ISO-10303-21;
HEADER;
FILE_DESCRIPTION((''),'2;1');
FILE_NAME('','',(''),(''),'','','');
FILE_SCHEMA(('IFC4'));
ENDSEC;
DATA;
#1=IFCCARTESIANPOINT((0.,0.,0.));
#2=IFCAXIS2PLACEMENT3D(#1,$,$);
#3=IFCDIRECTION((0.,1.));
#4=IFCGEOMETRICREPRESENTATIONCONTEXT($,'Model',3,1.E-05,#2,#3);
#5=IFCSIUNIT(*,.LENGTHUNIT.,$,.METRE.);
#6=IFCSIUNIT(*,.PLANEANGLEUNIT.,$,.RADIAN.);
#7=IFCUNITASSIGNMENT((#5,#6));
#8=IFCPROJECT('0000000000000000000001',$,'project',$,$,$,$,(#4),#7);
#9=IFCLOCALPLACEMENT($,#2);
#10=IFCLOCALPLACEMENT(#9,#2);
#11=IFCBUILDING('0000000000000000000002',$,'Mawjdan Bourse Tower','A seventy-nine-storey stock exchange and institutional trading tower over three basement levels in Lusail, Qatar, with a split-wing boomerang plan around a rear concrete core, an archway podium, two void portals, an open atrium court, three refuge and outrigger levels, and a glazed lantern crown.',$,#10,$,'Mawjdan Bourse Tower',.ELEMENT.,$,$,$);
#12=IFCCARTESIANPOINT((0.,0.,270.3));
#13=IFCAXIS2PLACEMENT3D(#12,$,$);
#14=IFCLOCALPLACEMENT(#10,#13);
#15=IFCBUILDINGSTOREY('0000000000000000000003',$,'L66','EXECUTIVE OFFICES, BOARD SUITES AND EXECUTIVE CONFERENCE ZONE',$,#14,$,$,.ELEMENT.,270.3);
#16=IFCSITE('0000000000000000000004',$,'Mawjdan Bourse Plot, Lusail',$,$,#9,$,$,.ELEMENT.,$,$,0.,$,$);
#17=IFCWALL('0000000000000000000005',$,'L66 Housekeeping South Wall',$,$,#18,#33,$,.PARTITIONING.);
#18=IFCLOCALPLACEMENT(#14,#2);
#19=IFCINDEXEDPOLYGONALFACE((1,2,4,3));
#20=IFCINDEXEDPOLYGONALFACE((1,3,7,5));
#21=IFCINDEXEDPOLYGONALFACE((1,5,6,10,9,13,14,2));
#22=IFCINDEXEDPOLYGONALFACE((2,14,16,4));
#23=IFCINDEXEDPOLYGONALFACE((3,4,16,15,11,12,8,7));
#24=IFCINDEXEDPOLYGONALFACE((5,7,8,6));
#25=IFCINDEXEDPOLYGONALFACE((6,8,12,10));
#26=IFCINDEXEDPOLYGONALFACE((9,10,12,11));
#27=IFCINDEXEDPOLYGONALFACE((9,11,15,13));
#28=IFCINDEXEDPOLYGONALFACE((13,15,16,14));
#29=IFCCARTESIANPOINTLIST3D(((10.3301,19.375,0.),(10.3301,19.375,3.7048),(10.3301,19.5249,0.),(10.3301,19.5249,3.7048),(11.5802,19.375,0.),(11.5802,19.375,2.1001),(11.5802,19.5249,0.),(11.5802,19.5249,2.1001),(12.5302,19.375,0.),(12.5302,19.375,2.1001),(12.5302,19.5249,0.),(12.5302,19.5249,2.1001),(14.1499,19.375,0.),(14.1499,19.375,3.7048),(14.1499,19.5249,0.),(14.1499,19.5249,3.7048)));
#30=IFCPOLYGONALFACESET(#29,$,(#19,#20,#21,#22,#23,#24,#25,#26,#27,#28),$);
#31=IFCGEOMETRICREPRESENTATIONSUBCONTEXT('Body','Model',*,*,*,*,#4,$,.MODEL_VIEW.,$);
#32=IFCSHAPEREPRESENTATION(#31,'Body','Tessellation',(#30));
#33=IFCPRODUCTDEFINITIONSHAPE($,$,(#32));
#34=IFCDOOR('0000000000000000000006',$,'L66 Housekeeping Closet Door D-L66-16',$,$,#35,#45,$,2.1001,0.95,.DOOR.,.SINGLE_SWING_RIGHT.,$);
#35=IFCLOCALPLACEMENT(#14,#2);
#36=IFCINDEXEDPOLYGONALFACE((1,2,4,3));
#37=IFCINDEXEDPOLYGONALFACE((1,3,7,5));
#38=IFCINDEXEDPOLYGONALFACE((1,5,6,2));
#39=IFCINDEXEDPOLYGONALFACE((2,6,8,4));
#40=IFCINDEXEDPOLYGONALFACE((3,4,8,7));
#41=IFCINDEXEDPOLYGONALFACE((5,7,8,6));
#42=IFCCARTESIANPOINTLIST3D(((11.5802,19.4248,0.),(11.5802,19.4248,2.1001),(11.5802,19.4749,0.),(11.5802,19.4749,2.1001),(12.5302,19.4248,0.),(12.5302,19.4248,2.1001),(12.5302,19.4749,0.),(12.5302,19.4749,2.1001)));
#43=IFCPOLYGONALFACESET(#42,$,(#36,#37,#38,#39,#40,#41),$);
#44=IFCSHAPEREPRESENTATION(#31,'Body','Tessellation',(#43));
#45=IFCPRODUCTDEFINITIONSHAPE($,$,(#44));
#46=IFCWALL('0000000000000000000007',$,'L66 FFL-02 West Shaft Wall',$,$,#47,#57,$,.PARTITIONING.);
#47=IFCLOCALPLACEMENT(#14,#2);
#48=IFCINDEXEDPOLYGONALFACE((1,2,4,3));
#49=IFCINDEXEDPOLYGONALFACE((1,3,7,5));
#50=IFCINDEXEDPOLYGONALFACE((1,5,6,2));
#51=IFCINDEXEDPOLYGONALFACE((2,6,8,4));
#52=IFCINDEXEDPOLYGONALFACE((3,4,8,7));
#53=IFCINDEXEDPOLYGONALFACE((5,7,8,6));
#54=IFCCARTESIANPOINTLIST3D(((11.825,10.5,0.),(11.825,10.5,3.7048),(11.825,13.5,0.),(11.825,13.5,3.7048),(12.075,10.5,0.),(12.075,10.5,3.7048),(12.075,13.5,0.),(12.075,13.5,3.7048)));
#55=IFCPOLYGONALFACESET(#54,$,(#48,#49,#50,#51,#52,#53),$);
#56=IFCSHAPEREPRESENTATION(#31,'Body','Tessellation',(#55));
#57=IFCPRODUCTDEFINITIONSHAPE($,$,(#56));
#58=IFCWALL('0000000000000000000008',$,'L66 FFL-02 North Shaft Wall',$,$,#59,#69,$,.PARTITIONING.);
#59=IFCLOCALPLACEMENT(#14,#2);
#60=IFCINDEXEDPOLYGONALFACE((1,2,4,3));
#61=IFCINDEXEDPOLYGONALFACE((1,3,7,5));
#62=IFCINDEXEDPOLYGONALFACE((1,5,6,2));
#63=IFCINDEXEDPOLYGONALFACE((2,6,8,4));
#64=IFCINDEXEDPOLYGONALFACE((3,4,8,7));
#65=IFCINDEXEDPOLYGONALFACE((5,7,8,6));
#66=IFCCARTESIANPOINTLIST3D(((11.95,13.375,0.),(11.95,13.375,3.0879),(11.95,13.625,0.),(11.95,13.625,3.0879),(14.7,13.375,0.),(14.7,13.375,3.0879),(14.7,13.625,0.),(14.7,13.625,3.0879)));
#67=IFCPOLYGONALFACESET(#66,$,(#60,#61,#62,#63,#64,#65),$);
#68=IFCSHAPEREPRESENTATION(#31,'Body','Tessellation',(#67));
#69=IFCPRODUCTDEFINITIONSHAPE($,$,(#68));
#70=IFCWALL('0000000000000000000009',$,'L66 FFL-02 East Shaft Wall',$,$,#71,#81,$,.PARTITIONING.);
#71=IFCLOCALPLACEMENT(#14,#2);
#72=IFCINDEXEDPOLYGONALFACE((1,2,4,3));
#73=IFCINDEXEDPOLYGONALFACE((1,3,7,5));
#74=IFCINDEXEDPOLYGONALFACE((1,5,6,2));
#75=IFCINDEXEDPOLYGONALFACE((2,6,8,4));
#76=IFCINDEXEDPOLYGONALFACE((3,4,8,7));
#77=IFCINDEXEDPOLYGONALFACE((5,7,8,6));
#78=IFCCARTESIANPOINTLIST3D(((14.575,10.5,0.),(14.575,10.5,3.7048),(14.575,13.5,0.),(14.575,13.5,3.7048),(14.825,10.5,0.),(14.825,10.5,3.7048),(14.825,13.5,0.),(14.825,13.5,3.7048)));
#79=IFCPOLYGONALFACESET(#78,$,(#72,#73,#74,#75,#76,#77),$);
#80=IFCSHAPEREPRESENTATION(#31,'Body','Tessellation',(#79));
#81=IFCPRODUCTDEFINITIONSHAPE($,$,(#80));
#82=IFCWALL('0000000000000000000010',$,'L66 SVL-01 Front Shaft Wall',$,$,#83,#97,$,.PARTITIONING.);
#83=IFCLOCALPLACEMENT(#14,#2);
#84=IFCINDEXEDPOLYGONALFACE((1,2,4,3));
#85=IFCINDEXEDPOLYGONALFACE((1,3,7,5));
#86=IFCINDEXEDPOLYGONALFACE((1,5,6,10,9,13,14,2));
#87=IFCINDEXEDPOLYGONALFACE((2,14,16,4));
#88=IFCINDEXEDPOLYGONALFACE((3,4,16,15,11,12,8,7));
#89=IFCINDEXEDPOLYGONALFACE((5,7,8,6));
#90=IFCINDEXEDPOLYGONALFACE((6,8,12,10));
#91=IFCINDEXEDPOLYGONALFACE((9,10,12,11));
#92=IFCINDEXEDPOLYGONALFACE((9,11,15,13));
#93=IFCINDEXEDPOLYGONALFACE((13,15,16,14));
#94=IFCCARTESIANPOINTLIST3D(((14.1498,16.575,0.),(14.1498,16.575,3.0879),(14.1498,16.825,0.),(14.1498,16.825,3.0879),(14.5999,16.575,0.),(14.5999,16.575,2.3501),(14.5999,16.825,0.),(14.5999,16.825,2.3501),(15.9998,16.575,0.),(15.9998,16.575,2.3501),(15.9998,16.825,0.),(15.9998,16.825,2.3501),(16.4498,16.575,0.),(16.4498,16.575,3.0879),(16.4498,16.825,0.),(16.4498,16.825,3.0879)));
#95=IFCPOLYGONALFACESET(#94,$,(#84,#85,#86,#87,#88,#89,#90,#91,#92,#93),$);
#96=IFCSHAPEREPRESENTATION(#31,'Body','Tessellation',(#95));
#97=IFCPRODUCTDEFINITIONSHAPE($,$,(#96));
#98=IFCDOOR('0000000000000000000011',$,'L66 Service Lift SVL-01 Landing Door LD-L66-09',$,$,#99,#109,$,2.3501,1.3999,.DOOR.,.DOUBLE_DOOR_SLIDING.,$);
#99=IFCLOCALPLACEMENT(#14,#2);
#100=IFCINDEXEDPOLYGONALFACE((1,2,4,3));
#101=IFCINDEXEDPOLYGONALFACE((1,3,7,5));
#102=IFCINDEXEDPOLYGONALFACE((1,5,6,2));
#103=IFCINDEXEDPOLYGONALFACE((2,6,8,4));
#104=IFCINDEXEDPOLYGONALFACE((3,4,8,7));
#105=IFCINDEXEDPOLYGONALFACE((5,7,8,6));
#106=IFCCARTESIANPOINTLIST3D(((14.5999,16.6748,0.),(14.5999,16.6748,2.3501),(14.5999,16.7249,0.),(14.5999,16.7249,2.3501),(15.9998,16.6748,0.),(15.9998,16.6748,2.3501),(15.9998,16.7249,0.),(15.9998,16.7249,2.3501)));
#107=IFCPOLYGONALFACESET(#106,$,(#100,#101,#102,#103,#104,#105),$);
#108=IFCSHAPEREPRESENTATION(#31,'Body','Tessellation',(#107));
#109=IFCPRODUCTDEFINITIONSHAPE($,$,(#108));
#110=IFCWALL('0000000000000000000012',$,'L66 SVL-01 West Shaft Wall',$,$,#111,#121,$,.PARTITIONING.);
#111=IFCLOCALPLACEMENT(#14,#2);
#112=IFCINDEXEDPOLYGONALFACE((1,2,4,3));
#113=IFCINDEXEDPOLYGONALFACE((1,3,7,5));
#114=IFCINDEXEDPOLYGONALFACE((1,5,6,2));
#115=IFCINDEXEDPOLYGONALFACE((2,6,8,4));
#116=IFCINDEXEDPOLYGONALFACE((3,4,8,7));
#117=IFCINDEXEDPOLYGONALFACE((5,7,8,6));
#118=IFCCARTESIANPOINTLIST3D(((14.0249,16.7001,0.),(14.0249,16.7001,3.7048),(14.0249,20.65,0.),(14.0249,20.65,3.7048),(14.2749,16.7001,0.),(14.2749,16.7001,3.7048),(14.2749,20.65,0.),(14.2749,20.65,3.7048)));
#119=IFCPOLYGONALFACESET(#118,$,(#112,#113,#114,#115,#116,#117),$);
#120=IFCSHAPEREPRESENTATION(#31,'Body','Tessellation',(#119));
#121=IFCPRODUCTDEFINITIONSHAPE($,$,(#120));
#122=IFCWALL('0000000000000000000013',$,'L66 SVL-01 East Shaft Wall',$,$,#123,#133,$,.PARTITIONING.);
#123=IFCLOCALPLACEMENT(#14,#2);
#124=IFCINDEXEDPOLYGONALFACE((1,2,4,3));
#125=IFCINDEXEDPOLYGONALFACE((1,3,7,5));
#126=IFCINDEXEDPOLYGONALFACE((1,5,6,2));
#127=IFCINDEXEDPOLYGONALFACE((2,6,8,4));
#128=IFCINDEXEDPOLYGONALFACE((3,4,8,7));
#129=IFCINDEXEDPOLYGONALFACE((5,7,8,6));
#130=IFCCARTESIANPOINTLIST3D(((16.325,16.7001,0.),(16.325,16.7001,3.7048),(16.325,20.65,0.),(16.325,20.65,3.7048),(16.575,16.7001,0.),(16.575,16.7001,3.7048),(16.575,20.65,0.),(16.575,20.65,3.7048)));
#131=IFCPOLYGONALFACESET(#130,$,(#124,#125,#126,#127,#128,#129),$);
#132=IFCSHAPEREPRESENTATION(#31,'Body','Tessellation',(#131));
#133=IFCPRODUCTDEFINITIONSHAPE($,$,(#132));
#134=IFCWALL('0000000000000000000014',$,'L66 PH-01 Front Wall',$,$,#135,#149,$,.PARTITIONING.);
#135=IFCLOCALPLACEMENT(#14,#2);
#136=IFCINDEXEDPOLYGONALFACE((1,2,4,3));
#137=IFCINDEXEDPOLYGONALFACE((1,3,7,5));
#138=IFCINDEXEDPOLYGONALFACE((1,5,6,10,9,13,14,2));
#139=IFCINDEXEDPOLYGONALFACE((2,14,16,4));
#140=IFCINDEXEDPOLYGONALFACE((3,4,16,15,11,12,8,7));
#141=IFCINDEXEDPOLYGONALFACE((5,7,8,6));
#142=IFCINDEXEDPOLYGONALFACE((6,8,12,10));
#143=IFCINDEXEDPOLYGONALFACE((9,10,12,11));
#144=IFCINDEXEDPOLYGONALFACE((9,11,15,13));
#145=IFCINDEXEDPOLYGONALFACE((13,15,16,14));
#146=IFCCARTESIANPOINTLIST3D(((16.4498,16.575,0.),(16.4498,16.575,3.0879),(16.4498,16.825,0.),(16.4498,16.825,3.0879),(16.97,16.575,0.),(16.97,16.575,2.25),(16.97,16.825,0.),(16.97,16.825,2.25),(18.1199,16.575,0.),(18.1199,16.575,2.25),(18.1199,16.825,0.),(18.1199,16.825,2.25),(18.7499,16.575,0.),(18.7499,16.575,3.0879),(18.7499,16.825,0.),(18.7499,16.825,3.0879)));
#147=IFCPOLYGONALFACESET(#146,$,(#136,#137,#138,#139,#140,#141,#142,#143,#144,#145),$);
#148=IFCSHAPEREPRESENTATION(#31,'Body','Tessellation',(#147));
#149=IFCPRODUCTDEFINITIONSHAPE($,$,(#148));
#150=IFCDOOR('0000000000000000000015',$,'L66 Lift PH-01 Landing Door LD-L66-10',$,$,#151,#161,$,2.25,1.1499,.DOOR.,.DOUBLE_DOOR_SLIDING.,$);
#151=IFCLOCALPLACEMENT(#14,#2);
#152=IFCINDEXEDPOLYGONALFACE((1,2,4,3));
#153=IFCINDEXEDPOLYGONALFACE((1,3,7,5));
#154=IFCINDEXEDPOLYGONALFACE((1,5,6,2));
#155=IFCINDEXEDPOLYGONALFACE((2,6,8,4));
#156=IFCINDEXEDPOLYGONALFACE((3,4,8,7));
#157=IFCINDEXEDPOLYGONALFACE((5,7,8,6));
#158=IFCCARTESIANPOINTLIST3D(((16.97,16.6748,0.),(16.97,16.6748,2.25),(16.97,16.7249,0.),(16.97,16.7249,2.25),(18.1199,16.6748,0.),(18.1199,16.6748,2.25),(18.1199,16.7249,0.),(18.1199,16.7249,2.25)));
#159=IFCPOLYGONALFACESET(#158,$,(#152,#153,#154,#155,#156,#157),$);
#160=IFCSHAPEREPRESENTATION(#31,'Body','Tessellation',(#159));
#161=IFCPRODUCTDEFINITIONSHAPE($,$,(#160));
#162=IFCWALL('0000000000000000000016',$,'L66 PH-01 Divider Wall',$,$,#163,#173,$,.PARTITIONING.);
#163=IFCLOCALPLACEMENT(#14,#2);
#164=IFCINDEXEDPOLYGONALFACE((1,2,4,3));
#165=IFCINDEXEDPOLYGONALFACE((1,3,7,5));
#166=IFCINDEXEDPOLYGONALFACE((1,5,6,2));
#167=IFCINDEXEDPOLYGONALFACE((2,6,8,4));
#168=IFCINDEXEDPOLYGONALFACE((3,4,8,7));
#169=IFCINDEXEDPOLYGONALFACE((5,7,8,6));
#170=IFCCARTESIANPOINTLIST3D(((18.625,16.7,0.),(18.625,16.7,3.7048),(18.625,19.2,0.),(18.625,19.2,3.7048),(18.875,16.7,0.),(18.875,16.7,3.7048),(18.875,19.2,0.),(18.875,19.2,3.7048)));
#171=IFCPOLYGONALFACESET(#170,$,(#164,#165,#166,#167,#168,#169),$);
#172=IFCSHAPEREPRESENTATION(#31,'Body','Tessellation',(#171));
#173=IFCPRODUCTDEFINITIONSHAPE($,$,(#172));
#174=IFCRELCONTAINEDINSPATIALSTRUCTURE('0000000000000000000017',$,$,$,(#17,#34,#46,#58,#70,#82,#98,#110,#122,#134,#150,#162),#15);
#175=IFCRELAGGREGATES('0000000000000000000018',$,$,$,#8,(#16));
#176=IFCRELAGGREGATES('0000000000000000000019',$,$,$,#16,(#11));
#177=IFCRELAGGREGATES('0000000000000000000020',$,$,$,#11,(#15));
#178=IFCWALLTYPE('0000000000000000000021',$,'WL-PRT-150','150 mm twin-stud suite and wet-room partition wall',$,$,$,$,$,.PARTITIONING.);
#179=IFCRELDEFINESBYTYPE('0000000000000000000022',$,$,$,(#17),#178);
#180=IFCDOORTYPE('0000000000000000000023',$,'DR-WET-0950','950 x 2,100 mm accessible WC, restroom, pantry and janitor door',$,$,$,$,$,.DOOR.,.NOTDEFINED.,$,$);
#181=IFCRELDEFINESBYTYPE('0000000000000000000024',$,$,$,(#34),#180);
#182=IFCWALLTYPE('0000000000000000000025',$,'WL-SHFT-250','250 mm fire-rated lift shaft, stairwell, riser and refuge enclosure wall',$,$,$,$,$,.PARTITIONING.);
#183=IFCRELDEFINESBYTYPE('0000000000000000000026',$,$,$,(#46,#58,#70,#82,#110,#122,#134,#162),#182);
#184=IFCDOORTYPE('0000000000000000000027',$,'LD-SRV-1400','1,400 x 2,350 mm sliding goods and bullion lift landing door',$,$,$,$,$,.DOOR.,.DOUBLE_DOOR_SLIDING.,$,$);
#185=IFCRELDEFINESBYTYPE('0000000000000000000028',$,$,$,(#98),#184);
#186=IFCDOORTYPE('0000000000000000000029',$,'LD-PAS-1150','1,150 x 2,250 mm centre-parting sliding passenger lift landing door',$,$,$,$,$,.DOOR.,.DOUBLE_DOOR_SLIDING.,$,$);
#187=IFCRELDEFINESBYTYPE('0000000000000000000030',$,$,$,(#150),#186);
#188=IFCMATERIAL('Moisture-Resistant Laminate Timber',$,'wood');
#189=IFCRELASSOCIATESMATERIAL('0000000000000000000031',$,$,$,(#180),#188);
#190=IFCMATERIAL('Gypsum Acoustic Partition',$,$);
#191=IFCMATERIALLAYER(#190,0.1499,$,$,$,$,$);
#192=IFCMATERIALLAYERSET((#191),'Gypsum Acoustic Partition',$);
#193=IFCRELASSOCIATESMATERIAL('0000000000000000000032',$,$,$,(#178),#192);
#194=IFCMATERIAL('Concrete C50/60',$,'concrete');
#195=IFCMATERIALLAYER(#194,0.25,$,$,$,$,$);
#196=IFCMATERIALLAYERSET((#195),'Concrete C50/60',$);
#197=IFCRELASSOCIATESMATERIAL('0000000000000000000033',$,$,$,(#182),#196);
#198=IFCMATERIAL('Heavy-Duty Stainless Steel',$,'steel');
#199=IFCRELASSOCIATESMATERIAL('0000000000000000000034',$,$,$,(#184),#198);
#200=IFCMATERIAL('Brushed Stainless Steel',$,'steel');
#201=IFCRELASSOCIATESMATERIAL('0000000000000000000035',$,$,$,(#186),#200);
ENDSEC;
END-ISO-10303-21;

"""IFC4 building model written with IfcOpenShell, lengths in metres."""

from ifc_helpers import new_model, si_unit, direction, frame, frame_2d, origin, place, context, subcontext, project, spatial, rectangle, extrude, material, layer, layer_set, type_object, element, fill, save


model = new_model("IFC4")

# Units and contexts
model_context = context("Model", 3, precision=1e-05, world=origin(), true_north=direction((0.0, 1.0)))
body_context = subcontext(model_context, "Body", "Model", "MODEL_VIEW")
ifc_project = project(units=[si_unit("LENGTHUNIT", "METRE"), si_unit("PLANEANGLEUNIT", "RADIAN")], contexts=[model_context])

# Site, building, storey
site_placement = place(None, origin())
site = spatial("IfcSite", under=ifc_project, at=site_placement, Name="Mawjdan Bourse Plot, Lusail", CompositionType="ELEMENT", RefElevation=0.0)
building_placement = place(site_placement, origin())
building = spatial("IfcBuilding", under=site, at=building_placement, Name="Mawjdan Bourse Tower", Description="A seventy-nine-storey stock exchange and institutional trading tower over three basement levels in Lusail, Qatar, with a split-wing boomerang plan around a rear concrete core, an archway podium, two void portals, an open atrium court, three refuge and outrigger levels, and a glazed lantern crown.", LongName="Mawjdan Bourse Tower", CompositionType="ELEMENT")
storey_placement = place(building_placement, frame((0.0, 0.0, 270.3)))
storey = spatial("IfcBuildingStorey", under=building, at=storey_placement, Name="L66", Description="EXECUTIVE OFFICES, BOARD SUITES AND EXECUTIVE CONFERENCE ZONE", CompositionType="ELEMENT", Elevation=270.3)

# Wall, opening, door
ifc_material_1 = material(Name="Moisture-Resistant Laminate Timber", Category="wood")
door_type_1 = type_object("IfcDoorType", Name="DR-WET-0950", Description="950 x 2,100 mm accessible WC, restroom, pantry and janitor door", OperationType="NOTDEFINED", PredefinedType="DOOR", material=ifc_material_1)
ifc_material_2 = material(Name="Gypsum Acoustic Partition")
ifc_layer_1 = layer(ifc_material_2, 0.1499)
ifc_layer_set_1 = layer_set([ifc_layer_1], Name="Gypsum Acoustic Partition")
wall_type_1 = type_object("IfcWallType", Name="WL-PRT-150", Description="150 mm twin-stud suite and wet-room partition wall", PredefinedType="PARTITIONING", material=ifc_layer_set_1)
wall_1_placement = place(storey_placement, frame((10.3301, 19.45, 0.0), z_axis=(0.0, 0.0, 1.0), x_axis=(1.0, 0.0, 0.0)))
wall_1 = element("IfcWall", 1, at=wall_1_placement, inside=storey, type_object=wall_type_1, Name="L66 Housekeeping South Wall", PredefinedType="PARTITIONING", context=body_context, shape_type="SweptSolid", body=[
    extrude(rectangle(XDim=3.8198, YDim=0.1499, at=frame_2d((1.9099, 0.0))), origin(), (0.0, 0.0, 1.0), 3.7048),
])
opening_1_placement = place(wall_1_placement, frame((1.25, 0.0, 0.0)))
opening_1 = element("IfcOpeningElement", 2, at=opening_1_placement, cuts=wall_1, PredefinedType="OPENING", context=body_context, shape_type="SweptSolid", body=[
    extrude(rectangle(XDim=0.95, YDim=2.1001, at=frame_2d((0.4751, 1.05))), frame((0.0, 0.085, 0.0), z_axis=(0.0, -1.0, 0.0), x_axis=(1.0, 0.0, 0.0)), (0.0, 0.0, 1.0), 0.1699),
])
door_1_placement = place(opening_1_placement, origin())
door_1 = element("IfcDoor", 3, at=door_1_placement, inside=storey, type_object=door_type_1, Name="L66 Housekeeping Closet Door D-L66-16", OperationType="SINGLE_SWING_RIGHT", OverallHeight=2.1001, OverallWidth=0.95, PredefinedType="DOOR", context=body_context, shape_type="SweptSolid", body=[
    extrude(rectangle(XDim=0.95, YDim=2.1001, at=frame_2d((0.4751, 1.05))), frame((0.0, 0.0249, 0.0), z_axis=(0.0, -1.0, 0.0), x_axis=(1.0, 0.0, 0.0)), (0.0, 0.0, 1.0), 0.05),
])
fill(opening_1, door_1)

# Walls
ifc_material_3 = material(Name="Concrete C50/60", Category="concrete")
ifc_layer_2 = layer(ifc_material_3, 0.25)
ifc_layer_set_2 = layer_set([ifc_layer_2], Name="Concrete C50/60")
wall_type_2 = type_object("IfcWallType", Name="WL-SHFT-250", Description="250 mm fire-rated lift shaft, stairwell, riser and refuge enclosure wall", PredefinedType="PARTITIONING", material=ifc_layer_set_2)
wall_2_placement = place(storey_placement, frame((11.95, 10.5, 0.0), z_axis=(0.0, 0.0, 1.0), x_axis=(0.0, 1.0, 0.0)))
element("IfcWall", 4, at=wall_2_placement, inside=storey, type_object=wall_type_2, Name="L66 FFL-02 West Shaft Wall", PredefinedType="PARTITIONING", context=body_context, shape_type="SweptSolid", body=[
    extrude(rectangle(XDim=3.0, YDim=0.25, at=frame_2d((1.5, 0.0))), origin(), (0.0, 0.0, 1.0), 3.7048),
])
wall_3_placement = place(storey_placement, frame((11.95, 13.5, 0.0), z_axis=(0.0, 0.0, 1.0), x_axis=(1.0, 0.0, 0.0)))
element("IfcWall", 5, at=wall_3_placement, inside=storey, type_object=wall_type_2, Name="L66 FFL-02 North Shaft Wall", PredefinedType="PARTITIONING", context=body_context, shape_type="SweptSolid", body=[
    extrude(rectangle(XDim=2.75, YDim=0.25, at=frame_2d((1.375, 0.0))), origin(), (0.0, 0.0, 1.0), 3.0879),
])
wall_4_placement = place(storey_placement, frame((14.7, 10.5, 0.0), z_axis=(0.0, 0.0, 1.0), x_axis=(0.0, 1.0, 0.0)))
element("IfcWall", 6, at=wall_4_placement, inside=storey, type_object=wall_type_2, Name="L66 FFL-02 East Shaft Wall", PredefinedType="PARTITIONING", context=body_context, shape_type="SweptSolid", body=[
    extrude(rectangle(XDim=3.0, YDim=0.25, at=frame_2d((1.5, 0.0))), origin(), (0.0, 0.0, 1.0), 3.7048),
])

# Wall, opening, door
wall_5_placement = place(storey_placement, frame((14.1499, 16.7, 0.0), z_axis=(0.0, 0.0, 1.0), x_axis=(1.0, 0.0, 0.0)))
wall_5 = element("IfcWall", 7, at=wall_5_placement, inside=storey, type_object=wall_type_2, Name="L66 SVL-01 Front Shaft Wall", PredefinedType="PARTITIONING", context=body_context, shape_type="SweptSolid", body=[
    extrude(rectangle(XDim=2.3, YDim=0.25, at=frame_2d((1.1499, 0.0))), origin(), (0.0, 0.0, 1.0), 3.0879),
])
opening_2_placement = place(wall_5_placement, frame((0.45, 0.0, 0.0)))
opening_2 = element("IfcOpeningElement", 8, at=opening_2_placement, cuts=wall_5, PredefinedType="OPENING", context=body_context, shape_type="SweptSolid", body=[
    extrude(rectangle(XDim=1.3999, YDim=2.3501, at=frame_2d((0.7, 1.175))), frame((0.0, 0.135, 0.0), z_axis=(0.0, -1.0, 0.0), x_axis=(1.0, 0.0, 0.0)), (0.0, 0.0, 1.0), 0.27),
])
ifc_material_4 = material(Name="Heavy-Duty Stainless Steel", Category="steel")
door_type_2 = type_object("IfcDoorType", Name="LD-SRV-1400", Description="1,400 x 2,350 mm sliding goods and bullion lift landing door", OperationType="DOUBLE_DOOR_SLIDING", PredefinedType="DOOR", material=ifc_material_4)
door_2_placement = place(opening_2_placement, origin())
door_2 = element("IfcDoor", 9, at=door_2_placement, inside=storey, type_object=door_type_2, Name="L66 Service Lift SVL-01 Landing Door LD-L66-09", OperationType="DOUBLE_DOOR_SLIDING", OverallHeight=2.3501, OverallWidth=1.3999, PredefinedType="DOOR", context=body_context, shape_type="SweptSolid", body=[
    extrude(rectangle(XDim=1.3999, YDim=2.3501, at=frame_2d((0.7, 1.175))), frame((0.0, 0.0249, 0.0), z_axis=(0.0, -1.0, 0.0), x_axis=(1.0, 0.0, 0.0)), (0.0, 0.0, 1.0), 0.05),
])
fill(opening_2, door_2)

# Walls
for number, where, z_axis, x_axis, name in (
    (10, (14.1499, 16.7, 0.0), (0.0, 0.0, 1.0), (0.0, 1.0, 0.0), "L66 SVL-01 West Shaft Wall"),
    (11, (16.45, 16.7, 0.0), (0.0, 0.0, 1.0), (0.0, 1.0, 0.0), "L66 SVL-01 East Shaft Wall"),
):
    element("IfcWall", number, at=place(storey_placement, frame(where, z_axis=z_axis, x_axis=x_axis)), inside=storey, type_object=wall_type_2, Name=name, PredefinedType="PARTITIONING", context=body_context, shape_type="SweptSolid", body=[
        extrude(rectangle(XDim=3.95, YDim=0.25, at=frame_2d((1.9751, 0.0))), origin(), (0.0, 0.0, 1.0), 3.7048),
    ])

# Wall, opening, door
wall_6_placement = place(storey_placement, frame((16.45, 16.7, 0.0), z_axis=(0.0, 0.0, 1.0), x_axis=(1.0, 0.0, 0.0)))
wall_6 = element("IfcWall", 12, at=wall_6_placement, inside=storey, type_object=wall_type_2, Name="L66 PH-01 Front Wall", PredefinedType="PARTITIONING", context=body_context, shape_type="SweptSolid", body=[
    extrude(rectangle(XDim=2.3, YDim=0.25, at=frame_2d((1.1499, 0.0))), origin(), (0.0, 0.0, 1.0), 3.0879),
])
opening_3_placement = place(wall_6_placement, frame((0.52, 0.0, 0.0)))
opening_3 = element("IfcOpeningElement", 13, at=opening_3_placement, cuts=wall_6, PredefinedType="OPENING", context=body_context, shape_type="SweptSolid", body=[
    extrude(rectangle(XDim=1.1499, YDim=2.25, at=frame_2d((0.575, 1.125))), frame((0.0, 0.135, 0.0), z_axis=(0.0, -1.0, 0.0), x_axis=(1.0, 0.0, 0.0)), (0.0, 0.0, 1.0), 0.27),
])
ifc_material_5 = material(Name="Brushed Stainless Steel", Category="steel")
door_type_3 = type_object("IfcDoorType", Name="LD-PAS-1150", Description="1,150 x 2,250 mm centre-parting sliding passenger lift landing door", OperationType="DOUBLE_DOOR_SLIDING", PredefinedType="DOOR", material=ifc_material_5)
door_3_placement = place(opening_3_placement, origin())
door_3 = element("IfcDoor", 14, at=door_3_placement, inside=storey, type_object=door_type_3, Name="L66 Lift PH-01 Landing Door LD-L66-10", OperationType="DOUBLE_DOOR_SLIDING", OverallHeight=2.25, OverallWidth=1.1499, PredefinedType="DOOR", context=body_context, shape_type="SweptSolid", body=[
    extrude(rectangle(XDim=1.1499, YDim=2.25, at=frame_2d((0.575, 1.125))), frame((0.0, 0.0249, 0.0), z_axis=(0.0, -1.0, 0.0), x_axis=(1.0, 0.0, 0.0)), (0.0, 0.0, 1.0), 0.05),
])
fill(opening_3, door_3)

# Wall
wall_7_placement = place(storey_placement, frame((18.75, 16.7, 0.0), z_axis=(0.0, 0.0, 1.0), x_axis=(0.0, 1.0, 0.0)))
element("IfcWall", 15, at=wall_7_placement, inside=storey, type_object=wall_type_2, Name="L66 PH-01 Divider Wall", PredefinedType="PARTITIONING", context=body_context, shape_type="SweptSolid", body=[
    extrude(rectangle(XDim=2.5, YDim=0.25, at=frame_2d((1.25, 0.0))), origin(), (0.0, 0.0, 1.0), 3.7048),
])

save(model, "model.ifc")
